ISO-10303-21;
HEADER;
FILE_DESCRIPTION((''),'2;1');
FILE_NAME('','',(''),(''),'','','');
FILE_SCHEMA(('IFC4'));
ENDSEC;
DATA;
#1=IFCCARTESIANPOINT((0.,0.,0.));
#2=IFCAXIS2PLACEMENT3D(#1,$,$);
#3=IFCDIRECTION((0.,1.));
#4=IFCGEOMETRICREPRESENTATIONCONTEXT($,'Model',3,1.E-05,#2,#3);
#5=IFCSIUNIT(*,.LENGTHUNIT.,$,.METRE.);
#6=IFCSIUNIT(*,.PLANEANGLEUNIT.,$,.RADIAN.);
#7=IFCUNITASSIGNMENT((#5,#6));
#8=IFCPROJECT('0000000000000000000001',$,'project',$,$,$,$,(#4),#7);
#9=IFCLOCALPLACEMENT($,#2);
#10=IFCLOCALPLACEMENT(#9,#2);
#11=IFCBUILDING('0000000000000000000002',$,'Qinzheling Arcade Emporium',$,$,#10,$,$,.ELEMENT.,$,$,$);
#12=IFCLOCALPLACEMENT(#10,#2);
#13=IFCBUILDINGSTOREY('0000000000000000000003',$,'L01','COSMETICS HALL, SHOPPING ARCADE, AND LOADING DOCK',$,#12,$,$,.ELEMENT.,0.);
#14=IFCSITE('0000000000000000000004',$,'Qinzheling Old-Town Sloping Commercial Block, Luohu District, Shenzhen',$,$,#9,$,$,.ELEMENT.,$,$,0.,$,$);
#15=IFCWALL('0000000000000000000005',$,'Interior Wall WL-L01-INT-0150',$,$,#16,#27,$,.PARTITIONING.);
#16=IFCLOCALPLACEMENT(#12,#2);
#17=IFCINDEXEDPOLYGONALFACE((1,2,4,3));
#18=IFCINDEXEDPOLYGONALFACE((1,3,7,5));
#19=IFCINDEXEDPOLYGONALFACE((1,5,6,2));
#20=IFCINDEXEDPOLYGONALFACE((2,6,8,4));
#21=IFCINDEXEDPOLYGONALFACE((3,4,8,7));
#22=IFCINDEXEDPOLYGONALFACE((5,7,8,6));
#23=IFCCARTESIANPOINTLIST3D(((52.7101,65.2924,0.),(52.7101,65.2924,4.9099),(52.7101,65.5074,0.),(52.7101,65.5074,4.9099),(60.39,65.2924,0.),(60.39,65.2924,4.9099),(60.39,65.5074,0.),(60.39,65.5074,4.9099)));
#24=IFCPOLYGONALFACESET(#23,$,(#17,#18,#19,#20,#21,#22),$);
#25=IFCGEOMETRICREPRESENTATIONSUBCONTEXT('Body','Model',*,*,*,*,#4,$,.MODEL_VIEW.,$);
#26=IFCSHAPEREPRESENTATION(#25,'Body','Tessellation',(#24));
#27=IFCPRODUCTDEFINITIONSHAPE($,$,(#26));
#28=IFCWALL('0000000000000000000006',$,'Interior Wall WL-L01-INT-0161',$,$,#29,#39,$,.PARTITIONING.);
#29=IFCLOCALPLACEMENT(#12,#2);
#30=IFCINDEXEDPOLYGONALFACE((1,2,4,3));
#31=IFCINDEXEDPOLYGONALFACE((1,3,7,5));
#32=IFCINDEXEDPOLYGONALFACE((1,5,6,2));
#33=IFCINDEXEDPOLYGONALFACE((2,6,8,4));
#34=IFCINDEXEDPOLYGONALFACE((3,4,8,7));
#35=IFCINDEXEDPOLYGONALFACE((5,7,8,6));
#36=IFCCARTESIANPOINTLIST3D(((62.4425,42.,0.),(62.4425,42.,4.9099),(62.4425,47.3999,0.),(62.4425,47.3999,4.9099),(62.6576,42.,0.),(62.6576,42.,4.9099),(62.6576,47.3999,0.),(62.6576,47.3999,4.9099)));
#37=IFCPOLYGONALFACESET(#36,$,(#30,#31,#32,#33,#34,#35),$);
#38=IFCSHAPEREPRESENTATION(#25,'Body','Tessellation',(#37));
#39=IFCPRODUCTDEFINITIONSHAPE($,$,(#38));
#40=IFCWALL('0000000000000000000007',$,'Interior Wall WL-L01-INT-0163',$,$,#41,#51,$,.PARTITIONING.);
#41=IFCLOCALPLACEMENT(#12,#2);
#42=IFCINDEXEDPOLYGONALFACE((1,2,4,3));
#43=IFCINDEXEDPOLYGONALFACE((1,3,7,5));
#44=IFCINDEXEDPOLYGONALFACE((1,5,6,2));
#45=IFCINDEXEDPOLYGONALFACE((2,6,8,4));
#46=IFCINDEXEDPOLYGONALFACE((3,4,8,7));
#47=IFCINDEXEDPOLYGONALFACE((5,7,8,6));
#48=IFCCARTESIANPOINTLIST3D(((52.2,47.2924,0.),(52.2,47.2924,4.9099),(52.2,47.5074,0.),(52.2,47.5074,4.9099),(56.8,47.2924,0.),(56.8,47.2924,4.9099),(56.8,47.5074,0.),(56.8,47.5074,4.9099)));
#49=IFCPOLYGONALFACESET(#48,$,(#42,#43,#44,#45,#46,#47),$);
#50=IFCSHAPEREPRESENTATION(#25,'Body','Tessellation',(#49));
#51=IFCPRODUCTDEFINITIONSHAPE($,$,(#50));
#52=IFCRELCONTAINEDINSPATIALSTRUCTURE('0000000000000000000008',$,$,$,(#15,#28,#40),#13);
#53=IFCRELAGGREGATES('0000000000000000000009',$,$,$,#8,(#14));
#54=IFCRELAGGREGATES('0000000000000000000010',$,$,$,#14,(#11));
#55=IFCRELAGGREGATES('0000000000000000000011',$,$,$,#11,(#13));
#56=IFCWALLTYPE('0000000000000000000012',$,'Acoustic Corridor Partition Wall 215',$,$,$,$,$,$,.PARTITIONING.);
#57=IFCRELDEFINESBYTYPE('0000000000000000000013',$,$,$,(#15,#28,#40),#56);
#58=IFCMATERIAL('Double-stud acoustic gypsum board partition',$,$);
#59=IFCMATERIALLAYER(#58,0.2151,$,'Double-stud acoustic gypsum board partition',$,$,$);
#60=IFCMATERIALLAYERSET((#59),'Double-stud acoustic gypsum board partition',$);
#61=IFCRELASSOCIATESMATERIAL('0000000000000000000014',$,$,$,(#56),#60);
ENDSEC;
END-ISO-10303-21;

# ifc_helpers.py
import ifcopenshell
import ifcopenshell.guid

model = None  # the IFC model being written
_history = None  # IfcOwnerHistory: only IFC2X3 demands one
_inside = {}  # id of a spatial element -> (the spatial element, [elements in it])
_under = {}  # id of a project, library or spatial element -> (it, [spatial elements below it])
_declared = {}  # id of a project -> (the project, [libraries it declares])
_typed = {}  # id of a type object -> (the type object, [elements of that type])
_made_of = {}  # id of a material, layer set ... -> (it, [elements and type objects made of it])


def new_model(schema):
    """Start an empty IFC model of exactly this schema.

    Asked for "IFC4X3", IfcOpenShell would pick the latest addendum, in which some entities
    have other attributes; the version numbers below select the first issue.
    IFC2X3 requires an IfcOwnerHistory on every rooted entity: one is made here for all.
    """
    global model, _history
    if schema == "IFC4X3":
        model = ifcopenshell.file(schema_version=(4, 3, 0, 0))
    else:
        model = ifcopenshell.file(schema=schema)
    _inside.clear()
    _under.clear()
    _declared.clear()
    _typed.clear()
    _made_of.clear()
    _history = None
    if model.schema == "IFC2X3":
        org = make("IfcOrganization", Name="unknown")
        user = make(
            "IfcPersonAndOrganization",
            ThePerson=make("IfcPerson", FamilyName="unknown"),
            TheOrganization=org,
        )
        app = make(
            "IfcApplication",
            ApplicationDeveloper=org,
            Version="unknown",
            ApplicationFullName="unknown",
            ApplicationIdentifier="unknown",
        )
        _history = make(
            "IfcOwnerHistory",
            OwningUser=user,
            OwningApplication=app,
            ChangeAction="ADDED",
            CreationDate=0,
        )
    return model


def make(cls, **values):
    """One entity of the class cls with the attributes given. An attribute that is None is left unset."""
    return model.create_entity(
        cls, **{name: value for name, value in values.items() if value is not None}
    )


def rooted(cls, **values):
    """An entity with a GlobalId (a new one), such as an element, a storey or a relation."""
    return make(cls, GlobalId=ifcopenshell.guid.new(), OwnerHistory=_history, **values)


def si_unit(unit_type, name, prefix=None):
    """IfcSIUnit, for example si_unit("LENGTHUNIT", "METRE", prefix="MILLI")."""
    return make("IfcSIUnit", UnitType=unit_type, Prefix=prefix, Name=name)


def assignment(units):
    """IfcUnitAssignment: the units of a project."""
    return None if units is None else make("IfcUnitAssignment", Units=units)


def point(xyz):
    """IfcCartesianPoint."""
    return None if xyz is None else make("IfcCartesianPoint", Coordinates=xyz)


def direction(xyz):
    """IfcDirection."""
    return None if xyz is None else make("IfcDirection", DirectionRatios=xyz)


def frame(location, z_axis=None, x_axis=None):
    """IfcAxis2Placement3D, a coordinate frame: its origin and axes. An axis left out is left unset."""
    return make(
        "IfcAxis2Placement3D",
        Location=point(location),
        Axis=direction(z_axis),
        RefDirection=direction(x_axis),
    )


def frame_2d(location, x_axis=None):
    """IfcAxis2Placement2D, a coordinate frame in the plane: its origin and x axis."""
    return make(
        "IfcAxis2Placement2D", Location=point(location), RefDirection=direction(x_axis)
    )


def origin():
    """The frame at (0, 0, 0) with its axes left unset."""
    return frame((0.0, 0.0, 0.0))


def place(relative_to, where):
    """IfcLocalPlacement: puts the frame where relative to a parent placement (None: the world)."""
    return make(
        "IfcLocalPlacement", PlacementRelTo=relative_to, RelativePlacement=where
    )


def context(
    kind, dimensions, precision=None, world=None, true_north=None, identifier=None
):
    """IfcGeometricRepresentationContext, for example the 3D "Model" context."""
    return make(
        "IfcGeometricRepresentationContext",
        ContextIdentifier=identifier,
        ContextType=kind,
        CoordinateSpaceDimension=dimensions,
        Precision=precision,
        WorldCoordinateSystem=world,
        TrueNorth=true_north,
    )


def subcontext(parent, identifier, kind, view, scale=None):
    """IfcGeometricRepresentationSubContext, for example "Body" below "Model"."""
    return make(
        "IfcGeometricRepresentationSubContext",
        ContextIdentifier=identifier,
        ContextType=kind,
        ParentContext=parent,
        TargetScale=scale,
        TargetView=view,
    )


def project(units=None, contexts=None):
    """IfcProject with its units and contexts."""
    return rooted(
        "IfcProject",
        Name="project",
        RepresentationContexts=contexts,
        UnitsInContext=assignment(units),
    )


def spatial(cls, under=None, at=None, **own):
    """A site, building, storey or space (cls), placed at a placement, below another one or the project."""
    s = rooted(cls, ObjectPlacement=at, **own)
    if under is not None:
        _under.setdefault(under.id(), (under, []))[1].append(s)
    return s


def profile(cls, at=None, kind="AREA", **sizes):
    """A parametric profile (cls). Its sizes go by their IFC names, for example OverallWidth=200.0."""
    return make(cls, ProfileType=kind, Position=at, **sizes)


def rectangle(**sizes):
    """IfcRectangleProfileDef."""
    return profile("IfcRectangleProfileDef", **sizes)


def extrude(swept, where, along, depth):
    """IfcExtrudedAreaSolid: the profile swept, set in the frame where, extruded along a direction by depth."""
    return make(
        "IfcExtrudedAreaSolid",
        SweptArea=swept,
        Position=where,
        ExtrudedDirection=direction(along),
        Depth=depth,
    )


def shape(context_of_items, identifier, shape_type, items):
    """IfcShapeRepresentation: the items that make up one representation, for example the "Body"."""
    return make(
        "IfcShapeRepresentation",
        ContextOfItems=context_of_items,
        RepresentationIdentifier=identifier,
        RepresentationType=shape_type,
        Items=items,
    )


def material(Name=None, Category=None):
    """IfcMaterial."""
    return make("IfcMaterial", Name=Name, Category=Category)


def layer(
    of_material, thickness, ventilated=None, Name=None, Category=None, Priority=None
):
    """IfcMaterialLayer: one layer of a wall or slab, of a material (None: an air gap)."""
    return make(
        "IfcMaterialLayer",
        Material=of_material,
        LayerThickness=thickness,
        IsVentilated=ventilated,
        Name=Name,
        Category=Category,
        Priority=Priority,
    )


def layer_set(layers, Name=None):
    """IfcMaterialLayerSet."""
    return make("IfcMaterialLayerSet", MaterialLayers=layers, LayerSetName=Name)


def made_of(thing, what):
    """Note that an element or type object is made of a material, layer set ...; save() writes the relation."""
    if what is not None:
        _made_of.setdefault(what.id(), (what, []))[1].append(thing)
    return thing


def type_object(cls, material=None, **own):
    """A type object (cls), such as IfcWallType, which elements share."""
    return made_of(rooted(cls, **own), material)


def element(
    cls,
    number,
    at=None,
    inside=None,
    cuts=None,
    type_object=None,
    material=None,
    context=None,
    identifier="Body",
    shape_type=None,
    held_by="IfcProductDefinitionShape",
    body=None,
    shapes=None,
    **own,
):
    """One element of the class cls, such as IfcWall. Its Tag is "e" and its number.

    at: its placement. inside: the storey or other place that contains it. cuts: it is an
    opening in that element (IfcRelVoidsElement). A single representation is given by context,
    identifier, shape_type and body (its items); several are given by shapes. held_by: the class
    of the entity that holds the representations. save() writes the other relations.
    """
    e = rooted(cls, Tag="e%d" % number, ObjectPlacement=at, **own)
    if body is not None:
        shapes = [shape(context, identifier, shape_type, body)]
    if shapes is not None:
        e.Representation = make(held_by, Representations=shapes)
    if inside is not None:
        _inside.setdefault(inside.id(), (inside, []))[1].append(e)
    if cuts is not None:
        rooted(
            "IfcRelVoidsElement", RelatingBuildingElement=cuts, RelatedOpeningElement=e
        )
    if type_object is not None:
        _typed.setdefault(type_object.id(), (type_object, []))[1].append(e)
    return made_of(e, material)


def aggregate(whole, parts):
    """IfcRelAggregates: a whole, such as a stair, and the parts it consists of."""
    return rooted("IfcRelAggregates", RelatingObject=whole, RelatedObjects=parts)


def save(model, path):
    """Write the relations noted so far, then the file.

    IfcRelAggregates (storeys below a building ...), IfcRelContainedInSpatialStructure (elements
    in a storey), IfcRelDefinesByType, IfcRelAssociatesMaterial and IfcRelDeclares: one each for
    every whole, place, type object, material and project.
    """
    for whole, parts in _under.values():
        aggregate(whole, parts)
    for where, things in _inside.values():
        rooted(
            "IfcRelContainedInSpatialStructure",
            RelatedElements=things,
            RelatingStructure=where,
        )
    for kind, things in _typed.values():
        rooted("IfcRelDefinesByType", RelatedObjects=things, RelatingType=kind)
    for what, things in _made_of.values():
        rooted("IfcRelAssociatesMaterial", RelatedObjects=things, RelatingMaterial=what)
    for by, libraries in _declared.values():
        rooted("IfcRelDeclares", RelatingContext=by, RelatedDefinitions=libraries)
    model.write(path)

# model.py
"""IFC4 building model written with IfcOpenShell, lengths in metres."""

from ifc_helpers import new_model, si_unit, direction, frame, frame_2d, origin, place, context, subcontext, project, spatial, rectangle, extrude, material, layer, layer_set, type_object, element, save


model = new_model("IFC4")

# Units and contexts
model_context = context("Model", 3, precision=1e-05, world=origin(), true_north=direction((0.0, 1.0)))
body_context = subcontext(model_context, "Body", "Model", "MODEL_VIEW")
ifc_project = project(units=[si_unit("LENGTHUNIT", "METRE"), si_unit("PLANEANGLEUNIT", "RADIAN")], contexts=[model_context])

# Site, building, storey
site_placement = place(None, origin())
site = spatial("IfcSite", under=ifc_project, at=site_placement, Name="Qinzheling Old-Town Sloping Commercial Block, Luohu District, Shenzhen", CompositionType="ELEMENT", RefElevation=0.0)
building_placement = place(site_placement, origin())
building = spatial("IfcBuilding", under=site, at=building_placement, Name="Qinzheling Arcade Emporium", CompositionType="ELEMENT")
storey_placement = place(building_placement, origin())
storey = spatial("IfcBuildingStorey", under=building, at=storey_placement, Name="L01", Description="COSMETICS HALL, SHOPPING ARCADE, AND LOADING DOCK", CompositionType="ELEMENT", Elevation=0.0)

# Shared definitions
ifc_material_1 = material(Name="Double-stud acoustic gypsum board partition")
ifc_layer = layer(ifc_material_1, 0.2151, Name="Double-stud acoustic gypsum board partition")
ifc_layer_set = layer_set([ifc_layer], Name="Double-stud acoustic gypsum board partition")
wall_type = type_object("IfcWallType", Name="Acoustic Corridor Partition Wall 215", PredefinedType="PARTITIONING", material=ifc_layer_set)

# Walls
wall_1_placement = place(storey_placement, frame((60.3899, 65.3999, 0.0), z_axis=(0.0, 0.0, 1.0), x_axis=(-1.0, 0.0, 0.0)))
element("IfcWall", 1, at=wall_1_placement, inside=storey, type_object=wall_type, Name="Interior Wall WL-L01-INT-0150", PredefinedType="PARTITIONING", context=body_context, shape_type="SweptSolid", body=[
    extrude(rectangle(XDim=7.6799, YDim=0.2151, at=frame_2d((3.8398, 0.0))), origin(), (0.0, 0.0, 1.0), 4.9099),
])
wall_2_placement = place(storey_placement, frame((62.55, 47.3999, 0.0), z_axis=(0.0, 0.0, 1.0), x_axis=(0.0, -1.0, 0.0)))
element("IfcWall", 2, at=wall_2_placement, inside=storey, type_object=wall_type, Name="Interior Wall WL-L01-INT-0161", PredefinedType="PARTITIONING", context=body_context, shape_type="SweptSolid", body=[
    extrude(rectangle(XDim=5.3999, YDim=0.2151, at=frame_2d((2.7, 0.0))), origin(), (0.0, 0.0, 1.0), 4.9099),
])
wall_3_placement = place(storey_placement, frame((56.8, 47.3999, 0.0), z_axis=(0.0, 0.0, 1.0), x_axis=(-1.0, 0.0, 0.0)))
element("IfcWall", 3, at=wall_3_placement, inside=storey, type_object=wall_type, Name="Interior Wall WL-L01-INT-0163", PredefinedType="PARTITIONING", context=body_context, shape_type="SweptSolid", body=[
    extrude(rectangle(XDim=4.6001, YDim=0.2151, at=frame_2d((2.3, 0.0))), origin(), (0.0, 0.0, 1.0), 4.9099),
])

save(model, "model.ifc")
